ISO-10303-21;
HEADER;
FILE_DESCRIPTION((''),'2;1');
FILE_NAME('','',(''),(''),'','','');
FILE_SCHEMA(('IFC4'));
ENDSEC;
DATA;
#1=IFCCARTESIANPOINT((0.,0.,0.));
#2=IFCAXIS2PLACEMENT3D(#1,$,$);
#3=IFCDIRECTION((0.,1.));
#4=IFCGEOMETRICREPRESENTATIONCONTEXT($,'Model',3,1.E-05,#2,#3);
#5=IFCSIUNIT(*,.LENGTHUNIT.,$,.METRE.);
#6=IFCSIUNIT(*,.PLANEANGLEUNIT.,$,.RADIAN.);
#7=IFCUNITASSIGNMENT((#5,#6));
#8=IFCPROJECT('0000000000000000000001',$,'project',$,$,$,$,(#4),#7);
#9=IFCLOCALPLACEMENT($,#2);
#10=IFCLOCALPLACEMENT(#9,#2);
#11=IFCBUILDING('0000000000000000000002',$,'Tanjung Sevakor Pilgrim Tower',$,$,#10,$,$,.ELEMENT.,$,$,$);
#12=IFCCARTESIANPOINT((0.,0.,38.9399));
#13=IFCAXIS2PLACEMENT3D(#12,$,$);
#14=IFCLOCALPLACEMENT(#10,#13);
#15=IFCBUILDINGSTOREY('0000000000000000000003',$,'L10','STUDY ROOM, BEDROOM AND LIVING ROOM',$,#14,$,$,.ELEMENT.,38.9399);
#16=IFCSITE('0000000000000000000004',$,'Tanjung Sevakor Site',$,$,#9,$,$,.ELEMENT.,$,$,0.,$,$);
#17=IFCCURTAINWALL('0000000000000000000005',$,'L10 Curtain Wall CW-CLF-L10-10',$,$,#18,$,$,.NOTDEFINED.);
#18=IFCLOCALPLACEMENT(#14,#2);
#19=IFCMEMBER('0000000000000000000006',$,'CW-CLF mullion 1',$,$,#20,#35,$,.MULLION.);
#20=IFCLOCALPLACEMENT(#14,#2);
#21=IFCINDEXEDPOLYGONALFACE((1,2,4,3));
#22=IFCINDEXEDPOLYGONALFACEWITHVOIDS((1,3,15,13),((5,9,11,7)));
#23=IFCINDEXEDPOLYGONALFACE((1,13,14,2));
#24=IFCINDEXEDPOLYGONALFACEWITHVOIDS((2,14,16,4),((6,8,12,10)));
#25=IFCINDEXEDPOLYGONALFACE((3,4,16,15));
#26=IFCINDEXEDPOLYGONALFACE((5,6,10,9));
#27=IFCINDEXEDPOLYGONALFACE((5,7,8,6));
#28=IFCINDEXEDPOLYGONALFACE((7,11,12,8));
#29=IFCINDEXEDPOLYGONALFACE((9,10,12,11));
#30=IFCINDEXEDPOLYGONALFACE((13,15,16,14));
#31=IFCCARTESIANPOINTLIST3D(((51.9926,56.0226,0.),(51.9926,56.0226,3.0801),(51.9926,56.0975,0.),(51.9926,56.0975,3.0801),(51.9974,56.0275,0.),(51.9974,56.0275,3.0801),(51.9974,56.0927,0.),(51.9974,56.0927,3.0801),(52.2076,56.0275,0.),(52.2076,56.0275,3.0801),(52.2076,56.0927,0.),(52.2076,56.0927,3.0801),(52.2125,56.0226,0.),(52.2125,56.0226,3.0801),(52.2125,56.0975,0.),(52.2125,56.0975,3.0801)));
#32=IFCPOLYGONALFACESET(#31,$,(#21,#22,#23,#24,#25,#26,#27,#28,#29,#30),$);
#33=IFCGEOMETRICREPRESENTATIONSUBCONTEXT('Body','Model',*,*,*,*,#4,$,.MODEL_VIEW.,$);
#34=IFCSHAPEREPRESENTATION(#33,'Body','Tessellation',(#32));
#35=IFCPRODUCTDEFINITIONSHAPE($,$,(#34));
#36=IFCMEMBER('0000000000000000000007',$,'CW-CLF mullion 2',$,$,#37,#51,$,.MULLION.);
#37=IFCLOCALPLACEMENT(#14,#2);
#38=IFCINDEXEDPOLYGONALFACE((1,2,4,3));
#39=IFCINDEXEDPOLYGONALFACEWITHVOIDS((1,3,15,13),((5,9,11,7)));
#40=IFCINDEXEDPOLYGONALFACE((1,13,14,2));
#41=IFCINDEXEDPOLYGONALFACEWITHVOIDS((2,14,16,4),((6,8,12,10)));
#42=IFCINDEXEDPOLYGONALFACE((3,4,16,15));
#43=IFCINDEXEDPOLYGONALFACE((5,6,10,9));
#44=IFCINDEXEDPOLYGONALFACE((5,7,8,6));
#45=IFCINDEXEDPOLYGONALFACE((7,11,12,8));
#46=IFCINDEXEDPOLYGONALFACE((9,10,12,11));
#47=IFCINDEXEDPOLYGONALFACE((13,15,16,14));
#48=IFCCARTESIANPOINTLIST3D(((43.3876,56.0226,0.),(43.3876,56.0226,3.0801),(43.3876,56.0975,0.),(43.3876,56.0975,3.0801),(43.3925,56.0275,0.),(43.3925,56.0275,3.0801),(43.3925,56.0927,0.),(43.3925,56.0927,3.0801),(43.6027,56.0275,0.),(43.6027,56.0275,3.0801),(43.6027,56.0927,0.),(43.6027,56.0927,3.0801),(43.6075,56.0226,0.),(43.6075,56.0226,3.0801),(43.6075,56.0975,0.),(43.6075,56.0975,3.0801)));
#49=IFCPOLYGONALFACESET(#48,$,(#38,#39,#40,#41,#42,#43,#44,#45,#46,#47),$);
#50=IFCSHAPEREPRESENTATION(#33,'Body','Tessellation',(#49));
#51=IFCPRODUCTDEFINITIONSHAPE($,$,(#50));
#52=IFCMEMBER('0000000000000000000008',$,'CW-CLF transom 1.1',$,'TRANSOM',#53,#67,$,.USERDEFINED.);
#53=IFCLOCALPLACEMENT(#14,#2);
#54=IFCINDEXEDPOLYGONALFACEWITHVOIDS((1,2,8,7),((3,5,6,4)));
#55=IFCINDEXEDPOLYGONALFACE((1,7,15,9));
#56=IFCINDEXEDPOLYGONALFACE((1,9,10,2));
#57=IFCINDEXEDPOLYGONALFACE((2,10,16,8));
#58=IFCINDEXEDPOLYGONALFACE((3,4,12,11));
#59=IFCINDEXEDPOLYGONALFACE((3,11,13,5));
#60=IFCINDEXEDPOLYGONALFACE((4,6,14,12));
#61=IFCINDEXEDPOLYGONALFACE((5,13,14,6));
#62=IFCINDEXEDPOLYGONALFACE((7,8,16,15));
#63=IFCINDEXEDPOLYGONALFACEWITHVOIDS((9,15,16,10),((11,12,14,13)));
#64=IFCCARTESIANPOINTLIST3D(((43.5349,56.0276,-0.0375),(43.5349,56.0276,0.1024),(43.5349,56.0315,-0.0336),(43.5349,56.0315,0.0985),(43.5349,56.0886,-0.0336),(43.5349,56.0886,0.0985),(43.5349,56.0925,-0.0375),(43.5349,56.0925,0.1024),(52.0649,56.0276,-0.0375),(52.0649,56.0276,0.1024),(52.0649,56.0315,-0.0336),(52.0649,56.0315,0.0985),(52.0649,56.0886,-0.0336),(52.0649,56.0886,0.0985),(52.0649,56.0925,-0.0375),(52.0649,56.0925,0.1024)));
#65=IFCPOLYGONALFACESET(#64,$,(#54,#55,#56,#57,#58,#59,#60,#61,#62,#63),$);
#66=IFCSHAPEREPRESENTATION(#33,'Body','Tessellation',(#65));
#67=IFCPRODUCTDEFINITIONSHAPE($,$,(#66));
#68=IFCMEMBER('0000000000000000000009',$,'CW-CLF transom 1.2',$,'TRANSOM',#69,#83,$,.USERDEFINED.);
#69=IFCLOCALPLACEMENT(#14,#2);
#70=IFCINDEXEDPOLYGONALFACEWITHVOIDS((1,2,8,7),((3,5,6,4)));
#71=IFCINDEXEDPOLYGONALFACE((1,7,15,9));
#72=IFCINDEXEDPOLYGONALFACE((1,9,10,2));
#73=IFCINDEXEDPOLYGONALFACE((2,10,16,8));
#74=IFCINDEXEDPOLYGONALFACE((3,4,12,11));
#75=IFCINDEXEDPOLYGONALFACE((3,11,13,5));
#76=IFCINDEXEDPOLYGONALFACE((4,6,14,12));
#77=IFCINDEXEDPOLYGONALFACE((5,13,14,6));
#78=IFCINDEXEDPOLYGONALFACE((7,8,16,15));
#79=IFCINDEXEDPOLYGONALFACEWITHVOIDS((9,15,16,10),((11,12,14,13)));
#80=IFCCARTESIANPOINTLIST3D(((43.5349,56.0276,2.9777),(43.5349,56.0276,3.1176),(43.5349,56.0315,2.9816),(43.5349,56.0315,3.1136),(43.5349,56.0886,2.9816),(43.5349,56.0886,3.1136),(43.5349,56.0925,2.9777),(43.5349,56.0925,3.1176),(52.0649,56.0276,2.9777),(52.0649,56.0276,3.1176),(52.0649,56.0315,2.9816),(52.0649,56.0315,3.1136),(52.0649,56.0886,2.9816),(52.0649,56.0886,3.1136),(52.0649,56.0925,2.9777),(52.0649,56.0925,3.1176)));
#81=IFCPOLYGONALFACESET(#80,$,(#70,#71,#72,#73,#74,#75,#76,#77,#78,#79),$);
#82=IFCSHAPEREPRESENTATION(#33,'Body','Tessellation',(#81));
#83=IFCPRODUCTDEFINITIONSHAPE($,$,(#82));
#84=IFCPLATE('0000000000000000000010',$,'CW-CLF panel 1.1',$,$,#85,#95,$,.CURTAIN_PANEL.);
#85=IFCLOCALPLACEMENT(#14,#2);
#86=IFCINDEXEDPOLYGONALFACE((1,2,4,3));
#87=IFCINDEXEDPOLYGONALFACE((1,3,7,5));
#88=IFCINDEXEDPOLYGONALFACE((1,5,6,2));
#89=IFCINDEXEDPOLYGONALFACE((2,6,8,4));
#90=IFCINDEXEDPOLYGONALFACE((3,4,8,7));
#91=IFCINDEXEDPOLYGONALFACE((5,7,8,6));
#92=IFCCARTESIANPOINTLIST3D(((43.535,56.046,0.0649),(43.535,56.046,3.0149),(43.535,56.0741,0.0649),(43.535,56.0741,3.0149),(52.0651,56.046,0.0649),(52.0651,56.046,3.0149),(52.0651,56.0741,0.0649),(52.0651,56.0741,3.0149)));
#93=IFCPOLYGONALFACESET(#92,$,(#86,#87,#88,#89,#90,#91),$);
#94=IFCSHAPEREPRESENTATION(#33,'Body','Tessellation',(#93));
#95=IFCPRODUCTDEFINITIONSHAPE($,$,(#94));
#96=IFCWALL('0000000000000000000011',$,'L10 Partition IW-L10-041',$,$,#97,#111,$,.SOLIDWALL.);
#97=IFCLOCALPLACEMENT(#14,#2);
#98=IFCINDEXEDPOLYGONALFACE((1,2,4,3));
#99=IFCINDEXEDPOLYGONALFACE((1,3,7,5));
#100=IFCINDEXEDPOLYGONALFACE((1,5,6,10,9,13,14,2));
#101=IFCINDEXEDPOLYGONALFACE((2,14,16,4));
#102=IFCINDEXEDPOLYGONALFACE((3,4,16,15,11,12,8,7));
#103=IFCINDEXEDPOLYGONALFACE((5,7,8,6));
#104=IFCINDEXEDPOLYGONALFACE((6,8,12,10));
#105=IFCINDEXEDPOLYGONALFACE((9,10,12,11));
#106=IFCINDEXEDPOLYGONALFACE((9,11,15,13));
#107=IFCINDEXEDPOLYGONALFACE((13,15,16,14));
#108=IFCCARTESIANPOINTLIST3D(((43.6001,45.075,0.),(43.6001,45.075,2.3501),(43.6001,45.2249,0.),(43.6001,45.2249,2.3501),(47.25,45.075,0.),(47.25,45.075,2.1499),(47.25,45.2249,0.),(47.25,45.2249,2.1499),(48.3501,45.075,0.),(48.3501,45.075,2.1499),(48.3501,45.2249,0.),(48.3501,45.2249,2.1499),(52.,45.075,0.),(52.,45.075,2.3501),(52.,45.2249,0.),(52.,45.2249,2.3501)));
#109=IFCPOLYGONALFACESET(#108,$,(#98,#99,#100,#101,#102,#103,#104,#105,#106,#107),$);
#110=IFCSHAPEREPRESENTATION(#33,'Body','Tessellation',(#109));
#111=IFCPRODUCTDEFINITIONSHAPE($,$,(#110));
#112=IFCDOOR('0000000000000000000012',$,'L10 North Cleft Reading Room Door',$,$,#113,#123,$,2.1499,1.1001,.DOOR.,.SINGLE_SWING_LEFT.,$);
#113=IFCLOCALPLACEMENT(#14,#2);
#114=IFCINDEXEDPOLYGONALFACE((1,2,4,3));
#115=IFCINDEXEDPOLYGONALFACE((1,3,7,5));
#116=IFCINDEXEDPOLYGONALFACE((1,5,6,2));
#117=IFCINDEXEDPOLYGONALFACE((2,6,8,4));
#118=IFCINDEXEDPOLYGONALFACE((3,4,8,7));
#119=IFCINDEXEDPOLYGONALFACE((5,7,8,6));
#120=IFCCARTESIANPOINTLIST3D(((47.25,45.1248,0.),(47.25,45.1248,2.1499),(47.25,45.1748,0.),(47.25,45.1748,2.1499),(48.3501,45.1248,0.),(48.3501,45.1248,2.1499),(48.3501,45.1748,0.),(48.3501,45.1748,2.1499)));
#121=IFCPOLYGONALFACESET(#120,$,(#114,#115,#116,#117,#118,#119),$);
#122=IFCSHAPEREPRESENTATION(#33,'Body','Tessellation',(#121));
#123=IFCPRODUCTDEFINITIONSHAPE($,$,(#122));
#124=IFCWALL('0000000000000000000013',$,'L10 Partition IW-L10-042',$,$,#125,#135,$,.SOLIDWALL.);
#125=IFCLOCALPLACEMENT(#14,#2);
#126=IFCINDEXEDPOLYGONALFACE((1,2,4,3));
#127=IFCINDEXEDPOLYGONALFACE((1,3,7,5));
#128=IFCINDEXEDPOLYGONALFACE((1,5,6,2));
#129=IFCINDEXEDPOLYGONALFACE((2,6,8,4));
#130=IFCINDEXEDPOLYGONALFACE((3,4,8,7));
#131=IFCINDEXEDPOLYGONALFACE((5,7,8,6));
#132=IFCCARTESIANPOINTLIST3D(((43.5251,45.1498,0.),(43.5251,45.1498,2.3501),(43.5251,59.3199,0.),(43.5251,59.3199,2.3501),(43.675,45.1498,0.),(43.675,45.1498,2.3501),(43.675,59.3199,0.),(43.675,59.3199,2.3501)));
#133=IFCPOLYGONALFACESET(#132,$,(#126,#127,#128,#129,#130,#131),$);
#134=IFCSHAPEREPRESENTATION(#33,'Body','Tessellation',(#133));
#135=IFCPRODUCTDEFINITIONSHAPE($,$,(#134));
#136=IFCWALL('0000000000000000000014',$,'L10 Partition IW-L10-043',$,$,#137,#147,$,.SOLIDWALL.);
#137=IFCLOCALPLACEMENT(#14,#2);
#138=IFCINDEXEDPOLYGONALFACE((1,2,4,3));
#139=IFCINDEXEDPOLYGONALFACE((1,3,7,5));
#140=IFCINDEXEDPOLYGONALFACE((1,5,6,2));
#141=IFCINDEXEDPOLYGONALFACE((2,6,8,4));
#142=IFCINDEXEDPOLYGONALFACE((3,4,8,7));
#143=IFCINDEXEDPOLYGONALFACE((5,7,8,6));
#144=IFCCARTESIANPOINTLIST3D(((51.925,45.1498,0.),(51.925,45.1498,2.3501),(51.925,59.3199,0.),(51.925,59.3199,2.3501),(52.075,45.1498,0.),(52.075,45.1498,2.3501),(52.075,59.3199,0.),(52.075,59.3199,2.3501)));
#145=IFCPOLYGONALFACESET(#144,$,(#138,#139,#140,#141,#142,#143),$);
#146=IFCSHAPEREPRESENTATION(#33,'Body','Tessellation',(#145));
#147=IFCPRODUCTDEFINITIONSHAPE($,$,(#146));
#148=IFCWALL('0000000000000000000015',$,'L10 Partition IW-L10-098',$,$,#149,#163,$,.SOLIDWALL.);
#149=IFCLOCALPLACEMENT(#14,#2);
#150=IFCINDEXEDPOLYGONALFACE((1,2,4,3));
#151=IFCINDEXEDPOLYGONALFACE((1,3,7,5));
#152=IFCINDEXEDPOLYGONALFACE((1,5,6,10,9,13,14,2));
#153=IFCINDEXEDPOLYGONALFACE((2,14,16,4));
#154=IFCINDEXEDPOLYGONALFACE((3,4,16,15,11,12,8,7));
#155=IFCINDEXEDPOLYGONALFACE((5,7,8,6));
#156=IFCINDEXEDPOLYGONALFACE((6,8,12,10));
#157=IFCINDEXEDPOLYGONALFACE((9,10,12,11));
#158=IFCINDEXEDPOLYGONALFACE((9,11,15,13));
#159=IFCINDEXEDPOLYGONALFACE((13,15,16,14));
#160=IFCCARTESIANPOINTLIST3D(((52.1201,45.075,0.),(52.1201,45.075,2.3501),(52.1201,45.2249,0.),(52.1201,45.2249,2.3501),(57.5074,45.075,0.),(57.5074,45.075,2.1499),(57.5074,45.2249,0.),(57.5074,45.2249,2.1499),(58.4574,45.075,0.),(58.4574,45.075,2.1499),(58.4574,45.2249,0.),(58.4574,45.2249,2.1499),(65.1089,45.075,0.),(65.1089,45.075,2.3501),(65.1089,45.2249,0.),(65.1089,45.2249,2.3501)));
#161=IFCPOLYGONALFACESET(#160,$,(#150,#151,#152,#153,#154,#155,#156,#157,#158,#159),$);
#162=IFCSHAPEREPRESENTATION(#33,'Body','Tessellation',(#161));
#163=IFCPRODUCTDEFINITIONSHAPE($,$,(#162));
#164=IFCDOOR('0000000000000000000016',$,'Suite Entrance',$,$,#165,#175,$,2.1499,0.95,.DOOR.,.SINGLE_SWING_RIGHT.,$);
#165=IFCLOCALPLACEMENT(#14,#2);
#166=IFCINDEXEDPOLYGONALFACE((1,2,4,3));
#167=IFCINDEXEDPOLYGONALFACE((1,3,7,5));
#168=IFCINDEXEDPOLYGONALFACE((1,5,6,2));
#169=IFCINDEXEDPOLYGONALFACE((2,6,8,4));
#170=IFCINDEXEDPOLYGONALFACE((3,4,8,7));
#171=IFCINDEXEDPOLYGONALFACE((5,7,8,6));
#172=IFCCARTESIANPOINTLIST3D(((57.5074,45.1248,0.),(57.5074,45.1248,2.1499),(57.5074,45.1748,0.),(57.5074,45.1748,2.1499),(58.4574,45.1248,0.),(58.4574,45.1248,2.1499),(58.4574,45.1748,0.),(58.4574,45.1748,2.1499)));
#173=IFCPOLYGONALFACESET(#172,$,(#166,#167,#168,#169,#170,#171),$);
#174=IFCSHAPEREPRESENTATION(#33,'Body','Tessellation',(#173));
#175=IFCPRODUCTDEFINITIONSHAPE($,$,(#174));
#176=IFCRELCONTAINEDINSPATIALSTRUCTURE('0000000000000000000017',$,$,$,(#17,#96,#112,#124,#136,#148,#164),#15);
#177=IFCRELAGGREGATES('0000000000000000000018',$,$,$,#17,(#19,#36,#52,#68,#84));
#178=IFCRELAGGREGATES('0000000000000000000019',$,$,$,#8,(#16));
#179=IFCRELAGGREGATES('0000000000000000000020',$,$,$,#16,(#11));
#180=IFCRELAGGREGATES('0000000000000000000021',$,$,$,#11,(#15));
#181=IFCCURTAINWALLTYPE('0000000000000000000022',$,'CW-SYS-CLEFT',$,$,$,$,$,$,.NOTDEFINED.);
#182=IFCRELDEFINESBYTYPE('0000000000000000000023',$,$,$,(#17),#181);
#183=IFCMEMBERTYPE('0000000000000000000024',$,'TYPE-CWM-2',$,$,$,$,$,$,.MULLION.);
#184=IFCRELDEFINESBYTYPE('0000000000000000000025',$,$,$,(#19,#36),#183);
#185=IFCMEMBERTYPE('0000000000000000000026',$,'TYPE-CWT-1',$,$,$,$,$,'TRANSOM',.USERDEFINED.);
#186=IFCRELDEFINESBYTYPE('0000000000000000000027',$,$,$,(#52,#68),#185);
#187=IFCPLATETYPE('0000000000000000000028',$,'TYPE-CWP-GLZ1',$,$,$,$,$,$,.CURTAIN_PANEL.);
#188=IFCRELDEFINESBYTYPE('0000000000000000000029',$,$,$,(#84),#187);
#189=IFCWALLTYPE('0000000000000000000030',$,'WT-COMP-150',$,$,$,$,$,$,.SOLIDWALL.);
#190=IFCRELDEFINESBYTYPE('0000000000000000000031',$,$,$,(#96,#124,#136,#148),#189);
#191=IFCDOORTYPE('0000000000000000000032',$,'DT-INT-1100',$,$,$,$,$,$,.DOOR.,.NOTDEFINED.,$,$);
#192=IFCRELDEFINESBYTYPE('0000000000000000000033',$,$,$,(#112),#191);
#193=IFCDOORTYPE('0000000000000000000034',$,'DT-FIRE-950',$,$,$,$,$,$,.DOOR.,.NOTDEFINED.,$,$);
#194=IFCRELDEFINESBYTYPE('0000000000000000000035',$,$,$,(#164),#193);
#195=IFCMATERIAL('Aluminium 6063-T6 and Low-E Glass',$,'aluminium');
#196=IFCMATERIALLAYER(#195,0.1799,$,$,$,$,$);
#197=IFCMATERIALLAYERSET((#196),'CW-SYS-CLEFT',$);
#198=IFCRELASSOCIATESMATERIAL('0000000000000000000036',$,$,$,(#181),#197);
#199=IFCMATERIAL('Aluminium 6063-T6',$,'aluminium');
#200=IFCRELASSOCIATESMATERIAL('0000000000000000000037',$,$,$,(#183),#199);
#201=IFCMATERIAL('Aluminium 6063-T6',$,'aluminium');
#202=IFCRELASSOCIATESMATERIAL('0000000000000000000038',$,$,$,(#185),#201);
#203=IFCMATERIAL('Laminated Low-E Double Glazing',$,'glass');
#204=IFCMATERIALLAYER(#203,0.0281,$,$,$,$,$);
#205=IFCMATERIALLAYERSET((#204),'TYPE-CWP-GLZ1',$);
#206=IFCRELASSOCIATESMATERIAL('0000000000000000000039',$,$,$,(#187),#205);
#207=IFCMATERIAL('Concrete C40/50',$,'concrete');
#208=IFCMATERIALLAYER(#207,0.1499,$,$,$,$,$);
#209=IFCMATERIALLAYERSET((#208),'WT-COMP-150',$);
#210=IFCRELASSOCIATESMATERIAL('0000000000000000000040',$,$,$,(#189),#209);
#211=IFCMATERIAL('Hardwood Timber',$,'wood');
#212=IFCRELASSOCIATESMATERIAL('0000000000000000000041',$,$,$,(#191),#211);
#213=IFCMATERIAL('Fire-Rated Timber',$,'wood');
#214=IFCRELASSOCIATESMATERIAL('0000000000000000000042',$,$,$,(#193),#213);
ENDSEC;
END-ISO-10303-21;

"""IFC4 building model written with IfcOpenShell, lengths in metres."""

from ifc_helpers import new_model, si_unit, direction, frame, frame_2d, origin, origin_2d, place, context, subcontext, project, spatial, rectangle, hollow_rectangle, extrude, material, layer, layer_set, material_profile, profile_set, type_object, element, fill, aggregate, save


model = new_model("IFC4")

# Units and contexts
model_context = context("Model", 3, precision=1e-05, world=origin(), true_north=direction((0.0, 1.0)))
body_context = subcontext(model_context, "Body", "Model", "MODEL_VIEW")
ifc_project = project(units=[si_unit("LENGTHUNIT", "METRE"), si_unit("PLANEANGLEUNIT", "RADIAN")], contexts=[model_context])

# Site, building, storey
site_placement = place(None, origin())
site = spatial("IfcSite", under=ifc_project, at=site_placement, Name="Tanjung Sevakor Site", CompositionType="ELEMENT", RefElevation=0.0)
building_placement = place(site_placement, origin())
building = spatial("IfcBuilding", under=site, at=building_placement, Name="Tanjung Sevakor Pilgrim Tower", CompositionType="ELEMENT")
storey_placement = place(building_placement, frame((0.0, 0.0, 38.9399)))
storey = spatial("IfcBuildingStorey", under=building, at=storey_placement, Name="L10", Description="STUDY ROOM, BEDROOM AND LIVING ROOM", CompositionType="ELEMENT", Elevation=38.9399)

# Curtain wall, members, plate
ifc_material_1 = material(Name="Aluminium 6063-T6 and Low-E Glass", Category="aluminium")
ifc_layer_1 = layer(ifc_material_1, 0.1799)
ifc_layer_set_1 = layer_set([ifc_layer_1], Name="CW-SYS-CLEFT")
curtain_wall_type = type_object("IfcCurtainWallType", Name="CW-SYS-CLEFT", PredefinedType="NOTDEFINED", material=ifc_layer_set_1)
curtain_wall_placement = place(storey_placement, origin())
curtain_wall = element("IfcCurtainWall", 1, at=curtain_wall_placement, inside=storey, type_object=curtain_wall_type, Name="L10 Curtain Wall CW-CLF-L10-10", PredefinedType="NOTDEFINED")
ifc_material_2 = material(Name="Aluminium 6063-T6", Category="aluminium")
ifc_material_profile_1 = material_profile(ifc_material_2, hollow_rectangle(XDim=0.075, YDim=0.22, WallThickness=0.0049, at=origin_2d()))
ifc_profile_set_1 = profile_set([ifc_material_profile_1], Name="Aluminium 6063-T6")
member_type_1 = type_object("IfcMemberType", Name="TYPE-CWM-2", PredefinedType="MULLION", material=ifc_profile_set_1)
member_1_placement = place(storey_placement, frame((52.1025, 56.0601, 0.0), z_axis=(0.0, 0.0, 1.0), x_axis=(0.0, -1.0, 0.0)))
member_1 = element("IfcMember", 2, at=member_1_placement, type_object=member_type_1, Name="CW-CLF mullion 1", PredefinedType="MULLION", context=body_context, shape_type="SweptSolid", body=[
    extrude(hollow_rectangle(XDim=0.075, YDim=0.22, WallThickness=0.0049, at=origin_2d()), origin(), (0.0, 0.0, 1.0), 3.0801),
])
member_2_placement = place(storey_placement, frame((43.4976, 56.0601, 0.0), z_axis=(0.0, 0.0, 1.0), x_axis=(0.0, -1.0, 0.0)))
member_2 = element("IfcMember", 3, at=member_2_placement, type_object=member_type_1, Name="CW-CLF mullion 2", PredefinedType="MULLION", context=body_context, shape_type="SweptSolid", body=[
    extrude(hollow_rectangle(XDim=0.075, YDim=0.22, WallThickness=0.0049, at=origin_2d()), origin(), (0.0, 0.0, 1.0), 3.0801),
])
ifc_material_3 = material(Name="Aluminium 6063-T6", Category="aluminium")
ifc_material_profile_2 = material_profile(ifc_material_3, hollow_rectangle(XDim=0.0649, YDim=0.1399, WallThickness=0.0039, at=origin_2d()))
ifc_profile_set_2 = profile_set([ifc_material_profile_2], Name="Aluminium 6063-T6")
member_type_2 = type_object("IfcMemberType", Name="TYPE-CWT-1", ElementType="TRANSOM", PredefinedType="USERDEFINED", material=ifc_profile_set_2)
member_3_placement = place(storey_placement, frame((52.0649, 56.0601, 0.0325), z_axis=(-1.0, 0.0, 0.0), x_axis=(0.0, -1.0, 0.0)))
member_3 = element("IfcMember", 4, at=member_3_placement, type_object=member_type_2, Name="CW-CLF transom 1.1", ObjectType="TRANSOM", PredefinedType="USERDEFINED", context=body_context, shape_type="SweptSolid", body=[
    extrude(hollow_rectangle(XDim=0.0649, YDim=0.1399, WallThickness=0.0039, at=origin_2d()), origin(), (0.0, 0.0, 1.0), 8.53),
])
member_4_placement = place(storey_placement, frame((52.0649, 56.0601, 3.0476), z_axis=(-1.0, 0.0, 0.0), x_axis=(0.0, -1.0, 0.0)))
member_4 = element("IfcMember", 5, at=member_4_placement, type_object=member_type_2, Name="CW-CLF transom 1.2", ObjectType="TRANSOM", PredefinedType="USERDEFINED", context=body_context, shape_type="SweptSolid", body=[
    extrude(hollow_rectangle(XDim=0.0649, YDim=0.1399, WallThickness=0.0039, at=origin_2d()), origin(), (0.0, 0.0, 1.0), 8.53),
])
ifc_material_4 = material(Name="Laminated Low-E Double Glazing", Category="glass")
ifc_layer_2 = layer(ifc_material_4, 0.0281)
ifc_layer_set_2 = layer_set([ifc_layer_2], Name="TYPE-CWP-GLZ1")
plate_type = type_object("IfcPlateType", Name="TYPE-CWP-GLZ1", PredefinedType="CURTAIN_PANEL", material=ifc_layer_set_2)
plate_placement = place(storey_placement, frame((47.8, 56.0601, 0.0649), z_axis=(0.0, 0.0, 1.0), x_axis=(-1.0, 0.0, 0.0)))
plate = element("IfcPlate", 6, at=plate_placement, type_object=plate_type, Name="CW-CLF panel 1.1", PredefinedType="CURTAIN_PANEL", context=body_context, shape_type="SweptSolid", body=[
    extrude(rectangle(XDim=8.53, YDim=0.0281, at=origin_2d()), origin(), (0.0, 0.0, 1.0), 2.95),
])
aggregate(curtain_wall, [member_1, member_2, member_3, member_4, plate])

# Wall, opening, door
ifc_material_5 = material(Name="Concrete C40/50", Category="concrete")
ifc_layer_3 = layer(ifc_material_5, 0.1499)
ifc_layer_set_3 = layer_set([ifc_layer_3], Name="WT-COMP-150")
wall_type_1 = type_object("IfcWallType", Name="WT-COMP-150", PredefinedType="SOLIDWALL", material=ifc_layer_set_3)
wall_1_placement = place(storey_placement, frame((43.6001, 45.1499, 0.0), z_axis=(0.0, 0.0, 1.0), x_axis=(1.0, 0.0, 0.0)))
wall_1 = element("IfcWall", 7, at=wall_1_placement, inside=storey, type_object=wall_type_1, Name="L10 Partition IW-L10-041", PredefinedType="SOLIDWALL", context=body_context, shape_type="SweptSolid", body=[
    extrude(rectangle(XDim=8.3999, YDim=0.1499, at=frame_2d((4.2, 0.0))), origin(), (0.0, 0.0, 1.0), 2.3501),
])
opening_1_placement = place(wall_1_placement, frame((3.6499, 0.0, 0.0)))
opening_1 = element("IfcOpeningElement", 8, at=opening_1_placement, cuts=wall_1, PredefinedType="OPENING", context=body_context, shape_type="SweptSolid", body=[
    extrude(rectangle(XDim=1.1001, YDim=2.1499, at=frame_2d((0.55, 1.075))), frame((0.0, 0.085, 0.0), z_axis=(0.0, -1.0, 0.0), x_axis=(1.0, 0.0, 0.0)), (0.0, 0.0, 1.0), 0.1699),
])
ifc_material_6 = material(Name="Hardwood Timber", Category="wood")
door_type_1 = type_object("IfcDoorType", Name="DT-INT-1100", OperationType="NOTDEFINED", PredefinedType="DOOR", material=ifc_material_6)
door_1_placement = place(opening_1_placement, origin())
door_1 = element("IfcDoor", 9, at=door_1_placement, inside=storey, type_object=door_type_1, Name="L10 North Cleft Reading Room Door", OperationType="SINGLE_SWING_LEFT", OverallHeight=2.1499, OverallWidth=1.1001, PredefinedType="DOOR", context=body_context, shape_type="SweptSolid", body=[
    extrude(rectangle(XDim=1.1001, YDim=2.1499, at=frame_2d((0.55, 1.075))), frame((0.0, 0.0249, 0.0), z_axis=(0.0, -1.0, 0.0), x_axis=(1.0, 0.0, 0.0)), (0.0, 0.0, 1.0), 0.05),
])
fill(opening_1, door_1)

# Walls
for number, where, z_axis, x_axis, name in (
    (10, (43.6001, 45.1499, 0.0), (0.0, 0.0, 1.0), (0.0, 1.0, 0.0), "L10 Partition IW-L10-042"),
    (11, (52.0, 45.1499, 0.0), (0.0, 0.0, 1.0), (0.0, 1.0, 0.0), "L10 Partition IW-L10-043"),
):
    element("IfcWall", number, at=place(storey_placement, frame(where, z_axis=z_axis, x_axis=x_axis)), inside=storey, type_object=wall_type_1, Name=name, PredefinedType="SOLIDWALL", context=body_context, shape_type="SweptSolid", body=[
        extrude(rectangle(XDim=14.1702, YDim=0.1499, at=frame_2d((7.085, 0.0))), origin(), (0.0, 0.0, 1.0), 2.3501),
    ])

# Wall, opening, door
wall_2_placement = place(storey_placement, frame((52.1201, 45.1499, 0.0), z_axis=(0.0, 0.0, 1.0), x_axis=(1.0, 0.0, 0.0)))
wall_2 = element("IfcWall", 12, at=wall_2_placement, inside=storey, type_object=wall_type_1, Name="L10 Partition IW-L10-098", PredefinedType="SOLIDWALL", context=body_context, shape_type="SweptSolid", body=[
    extrude(rectangle(XDim=12.9888, YDim=0.1499, at=frame_2d((6.4944, 0.0))), origin(), (0.0, 0.0, 1.0), 2.3501),
])
opening_2_placement = place(wall_2_placement, frame((5.3872, 0.0, 0.0)))
opening_2 = element("IfcOpeningElement", 13, at=opening_2_placement, cuts=wall_2, PredefinedType="OPENING", context=body_context, shape_type="SweptSolid", body=[
    extrude(rectangle(XDim=0.95, YDim=2.1499, at=frame_2d((0.4751, 1.075))), frame((0.0, 0.085, 0.0), z_axis=(0.0, -1.0, 0.0), x_axis=(1.0, 0.0, 0.0)), (0.0, 0.0, 1.0), 0.1699),
])
ifc_material_7 = material(Name="Fire-Rated Timber", Category="wood")
door_type_2 = type_object("IfcDoorType", Name="DT-FIRE-950", OperationType="NOTDEFINED", PredefinedType="DOOR", material=ifc_material_7)
door_2_placement = place(opening_2_placement, origin())
door_2 = element("IfcDoor", 14, at=door_2_placement, inside=storey, type_object=door_type_2, Name="Suite Entrance", OperationType="SINGLE_SWING_RIGHT", OverallHeight=2.1499, OverallWidth=0.95, PredefinedType="DOOR", context=body_context, shape_type="SweptSolid", body=[
    extrude(rectangle(XDim=0.95, YDim=2.1499, at=frame_2d((0.4751, 1.075))), frame((0.0, 0.0249, 0.0), z_axis=(0.0, -1.0, 0.0), x_axis=(1.0, 0.0, 0.0)), (0.0, 0.0, 1.0), 0.05),
])
fill(opening_2, door_2)

save(model, "model.ifc")
